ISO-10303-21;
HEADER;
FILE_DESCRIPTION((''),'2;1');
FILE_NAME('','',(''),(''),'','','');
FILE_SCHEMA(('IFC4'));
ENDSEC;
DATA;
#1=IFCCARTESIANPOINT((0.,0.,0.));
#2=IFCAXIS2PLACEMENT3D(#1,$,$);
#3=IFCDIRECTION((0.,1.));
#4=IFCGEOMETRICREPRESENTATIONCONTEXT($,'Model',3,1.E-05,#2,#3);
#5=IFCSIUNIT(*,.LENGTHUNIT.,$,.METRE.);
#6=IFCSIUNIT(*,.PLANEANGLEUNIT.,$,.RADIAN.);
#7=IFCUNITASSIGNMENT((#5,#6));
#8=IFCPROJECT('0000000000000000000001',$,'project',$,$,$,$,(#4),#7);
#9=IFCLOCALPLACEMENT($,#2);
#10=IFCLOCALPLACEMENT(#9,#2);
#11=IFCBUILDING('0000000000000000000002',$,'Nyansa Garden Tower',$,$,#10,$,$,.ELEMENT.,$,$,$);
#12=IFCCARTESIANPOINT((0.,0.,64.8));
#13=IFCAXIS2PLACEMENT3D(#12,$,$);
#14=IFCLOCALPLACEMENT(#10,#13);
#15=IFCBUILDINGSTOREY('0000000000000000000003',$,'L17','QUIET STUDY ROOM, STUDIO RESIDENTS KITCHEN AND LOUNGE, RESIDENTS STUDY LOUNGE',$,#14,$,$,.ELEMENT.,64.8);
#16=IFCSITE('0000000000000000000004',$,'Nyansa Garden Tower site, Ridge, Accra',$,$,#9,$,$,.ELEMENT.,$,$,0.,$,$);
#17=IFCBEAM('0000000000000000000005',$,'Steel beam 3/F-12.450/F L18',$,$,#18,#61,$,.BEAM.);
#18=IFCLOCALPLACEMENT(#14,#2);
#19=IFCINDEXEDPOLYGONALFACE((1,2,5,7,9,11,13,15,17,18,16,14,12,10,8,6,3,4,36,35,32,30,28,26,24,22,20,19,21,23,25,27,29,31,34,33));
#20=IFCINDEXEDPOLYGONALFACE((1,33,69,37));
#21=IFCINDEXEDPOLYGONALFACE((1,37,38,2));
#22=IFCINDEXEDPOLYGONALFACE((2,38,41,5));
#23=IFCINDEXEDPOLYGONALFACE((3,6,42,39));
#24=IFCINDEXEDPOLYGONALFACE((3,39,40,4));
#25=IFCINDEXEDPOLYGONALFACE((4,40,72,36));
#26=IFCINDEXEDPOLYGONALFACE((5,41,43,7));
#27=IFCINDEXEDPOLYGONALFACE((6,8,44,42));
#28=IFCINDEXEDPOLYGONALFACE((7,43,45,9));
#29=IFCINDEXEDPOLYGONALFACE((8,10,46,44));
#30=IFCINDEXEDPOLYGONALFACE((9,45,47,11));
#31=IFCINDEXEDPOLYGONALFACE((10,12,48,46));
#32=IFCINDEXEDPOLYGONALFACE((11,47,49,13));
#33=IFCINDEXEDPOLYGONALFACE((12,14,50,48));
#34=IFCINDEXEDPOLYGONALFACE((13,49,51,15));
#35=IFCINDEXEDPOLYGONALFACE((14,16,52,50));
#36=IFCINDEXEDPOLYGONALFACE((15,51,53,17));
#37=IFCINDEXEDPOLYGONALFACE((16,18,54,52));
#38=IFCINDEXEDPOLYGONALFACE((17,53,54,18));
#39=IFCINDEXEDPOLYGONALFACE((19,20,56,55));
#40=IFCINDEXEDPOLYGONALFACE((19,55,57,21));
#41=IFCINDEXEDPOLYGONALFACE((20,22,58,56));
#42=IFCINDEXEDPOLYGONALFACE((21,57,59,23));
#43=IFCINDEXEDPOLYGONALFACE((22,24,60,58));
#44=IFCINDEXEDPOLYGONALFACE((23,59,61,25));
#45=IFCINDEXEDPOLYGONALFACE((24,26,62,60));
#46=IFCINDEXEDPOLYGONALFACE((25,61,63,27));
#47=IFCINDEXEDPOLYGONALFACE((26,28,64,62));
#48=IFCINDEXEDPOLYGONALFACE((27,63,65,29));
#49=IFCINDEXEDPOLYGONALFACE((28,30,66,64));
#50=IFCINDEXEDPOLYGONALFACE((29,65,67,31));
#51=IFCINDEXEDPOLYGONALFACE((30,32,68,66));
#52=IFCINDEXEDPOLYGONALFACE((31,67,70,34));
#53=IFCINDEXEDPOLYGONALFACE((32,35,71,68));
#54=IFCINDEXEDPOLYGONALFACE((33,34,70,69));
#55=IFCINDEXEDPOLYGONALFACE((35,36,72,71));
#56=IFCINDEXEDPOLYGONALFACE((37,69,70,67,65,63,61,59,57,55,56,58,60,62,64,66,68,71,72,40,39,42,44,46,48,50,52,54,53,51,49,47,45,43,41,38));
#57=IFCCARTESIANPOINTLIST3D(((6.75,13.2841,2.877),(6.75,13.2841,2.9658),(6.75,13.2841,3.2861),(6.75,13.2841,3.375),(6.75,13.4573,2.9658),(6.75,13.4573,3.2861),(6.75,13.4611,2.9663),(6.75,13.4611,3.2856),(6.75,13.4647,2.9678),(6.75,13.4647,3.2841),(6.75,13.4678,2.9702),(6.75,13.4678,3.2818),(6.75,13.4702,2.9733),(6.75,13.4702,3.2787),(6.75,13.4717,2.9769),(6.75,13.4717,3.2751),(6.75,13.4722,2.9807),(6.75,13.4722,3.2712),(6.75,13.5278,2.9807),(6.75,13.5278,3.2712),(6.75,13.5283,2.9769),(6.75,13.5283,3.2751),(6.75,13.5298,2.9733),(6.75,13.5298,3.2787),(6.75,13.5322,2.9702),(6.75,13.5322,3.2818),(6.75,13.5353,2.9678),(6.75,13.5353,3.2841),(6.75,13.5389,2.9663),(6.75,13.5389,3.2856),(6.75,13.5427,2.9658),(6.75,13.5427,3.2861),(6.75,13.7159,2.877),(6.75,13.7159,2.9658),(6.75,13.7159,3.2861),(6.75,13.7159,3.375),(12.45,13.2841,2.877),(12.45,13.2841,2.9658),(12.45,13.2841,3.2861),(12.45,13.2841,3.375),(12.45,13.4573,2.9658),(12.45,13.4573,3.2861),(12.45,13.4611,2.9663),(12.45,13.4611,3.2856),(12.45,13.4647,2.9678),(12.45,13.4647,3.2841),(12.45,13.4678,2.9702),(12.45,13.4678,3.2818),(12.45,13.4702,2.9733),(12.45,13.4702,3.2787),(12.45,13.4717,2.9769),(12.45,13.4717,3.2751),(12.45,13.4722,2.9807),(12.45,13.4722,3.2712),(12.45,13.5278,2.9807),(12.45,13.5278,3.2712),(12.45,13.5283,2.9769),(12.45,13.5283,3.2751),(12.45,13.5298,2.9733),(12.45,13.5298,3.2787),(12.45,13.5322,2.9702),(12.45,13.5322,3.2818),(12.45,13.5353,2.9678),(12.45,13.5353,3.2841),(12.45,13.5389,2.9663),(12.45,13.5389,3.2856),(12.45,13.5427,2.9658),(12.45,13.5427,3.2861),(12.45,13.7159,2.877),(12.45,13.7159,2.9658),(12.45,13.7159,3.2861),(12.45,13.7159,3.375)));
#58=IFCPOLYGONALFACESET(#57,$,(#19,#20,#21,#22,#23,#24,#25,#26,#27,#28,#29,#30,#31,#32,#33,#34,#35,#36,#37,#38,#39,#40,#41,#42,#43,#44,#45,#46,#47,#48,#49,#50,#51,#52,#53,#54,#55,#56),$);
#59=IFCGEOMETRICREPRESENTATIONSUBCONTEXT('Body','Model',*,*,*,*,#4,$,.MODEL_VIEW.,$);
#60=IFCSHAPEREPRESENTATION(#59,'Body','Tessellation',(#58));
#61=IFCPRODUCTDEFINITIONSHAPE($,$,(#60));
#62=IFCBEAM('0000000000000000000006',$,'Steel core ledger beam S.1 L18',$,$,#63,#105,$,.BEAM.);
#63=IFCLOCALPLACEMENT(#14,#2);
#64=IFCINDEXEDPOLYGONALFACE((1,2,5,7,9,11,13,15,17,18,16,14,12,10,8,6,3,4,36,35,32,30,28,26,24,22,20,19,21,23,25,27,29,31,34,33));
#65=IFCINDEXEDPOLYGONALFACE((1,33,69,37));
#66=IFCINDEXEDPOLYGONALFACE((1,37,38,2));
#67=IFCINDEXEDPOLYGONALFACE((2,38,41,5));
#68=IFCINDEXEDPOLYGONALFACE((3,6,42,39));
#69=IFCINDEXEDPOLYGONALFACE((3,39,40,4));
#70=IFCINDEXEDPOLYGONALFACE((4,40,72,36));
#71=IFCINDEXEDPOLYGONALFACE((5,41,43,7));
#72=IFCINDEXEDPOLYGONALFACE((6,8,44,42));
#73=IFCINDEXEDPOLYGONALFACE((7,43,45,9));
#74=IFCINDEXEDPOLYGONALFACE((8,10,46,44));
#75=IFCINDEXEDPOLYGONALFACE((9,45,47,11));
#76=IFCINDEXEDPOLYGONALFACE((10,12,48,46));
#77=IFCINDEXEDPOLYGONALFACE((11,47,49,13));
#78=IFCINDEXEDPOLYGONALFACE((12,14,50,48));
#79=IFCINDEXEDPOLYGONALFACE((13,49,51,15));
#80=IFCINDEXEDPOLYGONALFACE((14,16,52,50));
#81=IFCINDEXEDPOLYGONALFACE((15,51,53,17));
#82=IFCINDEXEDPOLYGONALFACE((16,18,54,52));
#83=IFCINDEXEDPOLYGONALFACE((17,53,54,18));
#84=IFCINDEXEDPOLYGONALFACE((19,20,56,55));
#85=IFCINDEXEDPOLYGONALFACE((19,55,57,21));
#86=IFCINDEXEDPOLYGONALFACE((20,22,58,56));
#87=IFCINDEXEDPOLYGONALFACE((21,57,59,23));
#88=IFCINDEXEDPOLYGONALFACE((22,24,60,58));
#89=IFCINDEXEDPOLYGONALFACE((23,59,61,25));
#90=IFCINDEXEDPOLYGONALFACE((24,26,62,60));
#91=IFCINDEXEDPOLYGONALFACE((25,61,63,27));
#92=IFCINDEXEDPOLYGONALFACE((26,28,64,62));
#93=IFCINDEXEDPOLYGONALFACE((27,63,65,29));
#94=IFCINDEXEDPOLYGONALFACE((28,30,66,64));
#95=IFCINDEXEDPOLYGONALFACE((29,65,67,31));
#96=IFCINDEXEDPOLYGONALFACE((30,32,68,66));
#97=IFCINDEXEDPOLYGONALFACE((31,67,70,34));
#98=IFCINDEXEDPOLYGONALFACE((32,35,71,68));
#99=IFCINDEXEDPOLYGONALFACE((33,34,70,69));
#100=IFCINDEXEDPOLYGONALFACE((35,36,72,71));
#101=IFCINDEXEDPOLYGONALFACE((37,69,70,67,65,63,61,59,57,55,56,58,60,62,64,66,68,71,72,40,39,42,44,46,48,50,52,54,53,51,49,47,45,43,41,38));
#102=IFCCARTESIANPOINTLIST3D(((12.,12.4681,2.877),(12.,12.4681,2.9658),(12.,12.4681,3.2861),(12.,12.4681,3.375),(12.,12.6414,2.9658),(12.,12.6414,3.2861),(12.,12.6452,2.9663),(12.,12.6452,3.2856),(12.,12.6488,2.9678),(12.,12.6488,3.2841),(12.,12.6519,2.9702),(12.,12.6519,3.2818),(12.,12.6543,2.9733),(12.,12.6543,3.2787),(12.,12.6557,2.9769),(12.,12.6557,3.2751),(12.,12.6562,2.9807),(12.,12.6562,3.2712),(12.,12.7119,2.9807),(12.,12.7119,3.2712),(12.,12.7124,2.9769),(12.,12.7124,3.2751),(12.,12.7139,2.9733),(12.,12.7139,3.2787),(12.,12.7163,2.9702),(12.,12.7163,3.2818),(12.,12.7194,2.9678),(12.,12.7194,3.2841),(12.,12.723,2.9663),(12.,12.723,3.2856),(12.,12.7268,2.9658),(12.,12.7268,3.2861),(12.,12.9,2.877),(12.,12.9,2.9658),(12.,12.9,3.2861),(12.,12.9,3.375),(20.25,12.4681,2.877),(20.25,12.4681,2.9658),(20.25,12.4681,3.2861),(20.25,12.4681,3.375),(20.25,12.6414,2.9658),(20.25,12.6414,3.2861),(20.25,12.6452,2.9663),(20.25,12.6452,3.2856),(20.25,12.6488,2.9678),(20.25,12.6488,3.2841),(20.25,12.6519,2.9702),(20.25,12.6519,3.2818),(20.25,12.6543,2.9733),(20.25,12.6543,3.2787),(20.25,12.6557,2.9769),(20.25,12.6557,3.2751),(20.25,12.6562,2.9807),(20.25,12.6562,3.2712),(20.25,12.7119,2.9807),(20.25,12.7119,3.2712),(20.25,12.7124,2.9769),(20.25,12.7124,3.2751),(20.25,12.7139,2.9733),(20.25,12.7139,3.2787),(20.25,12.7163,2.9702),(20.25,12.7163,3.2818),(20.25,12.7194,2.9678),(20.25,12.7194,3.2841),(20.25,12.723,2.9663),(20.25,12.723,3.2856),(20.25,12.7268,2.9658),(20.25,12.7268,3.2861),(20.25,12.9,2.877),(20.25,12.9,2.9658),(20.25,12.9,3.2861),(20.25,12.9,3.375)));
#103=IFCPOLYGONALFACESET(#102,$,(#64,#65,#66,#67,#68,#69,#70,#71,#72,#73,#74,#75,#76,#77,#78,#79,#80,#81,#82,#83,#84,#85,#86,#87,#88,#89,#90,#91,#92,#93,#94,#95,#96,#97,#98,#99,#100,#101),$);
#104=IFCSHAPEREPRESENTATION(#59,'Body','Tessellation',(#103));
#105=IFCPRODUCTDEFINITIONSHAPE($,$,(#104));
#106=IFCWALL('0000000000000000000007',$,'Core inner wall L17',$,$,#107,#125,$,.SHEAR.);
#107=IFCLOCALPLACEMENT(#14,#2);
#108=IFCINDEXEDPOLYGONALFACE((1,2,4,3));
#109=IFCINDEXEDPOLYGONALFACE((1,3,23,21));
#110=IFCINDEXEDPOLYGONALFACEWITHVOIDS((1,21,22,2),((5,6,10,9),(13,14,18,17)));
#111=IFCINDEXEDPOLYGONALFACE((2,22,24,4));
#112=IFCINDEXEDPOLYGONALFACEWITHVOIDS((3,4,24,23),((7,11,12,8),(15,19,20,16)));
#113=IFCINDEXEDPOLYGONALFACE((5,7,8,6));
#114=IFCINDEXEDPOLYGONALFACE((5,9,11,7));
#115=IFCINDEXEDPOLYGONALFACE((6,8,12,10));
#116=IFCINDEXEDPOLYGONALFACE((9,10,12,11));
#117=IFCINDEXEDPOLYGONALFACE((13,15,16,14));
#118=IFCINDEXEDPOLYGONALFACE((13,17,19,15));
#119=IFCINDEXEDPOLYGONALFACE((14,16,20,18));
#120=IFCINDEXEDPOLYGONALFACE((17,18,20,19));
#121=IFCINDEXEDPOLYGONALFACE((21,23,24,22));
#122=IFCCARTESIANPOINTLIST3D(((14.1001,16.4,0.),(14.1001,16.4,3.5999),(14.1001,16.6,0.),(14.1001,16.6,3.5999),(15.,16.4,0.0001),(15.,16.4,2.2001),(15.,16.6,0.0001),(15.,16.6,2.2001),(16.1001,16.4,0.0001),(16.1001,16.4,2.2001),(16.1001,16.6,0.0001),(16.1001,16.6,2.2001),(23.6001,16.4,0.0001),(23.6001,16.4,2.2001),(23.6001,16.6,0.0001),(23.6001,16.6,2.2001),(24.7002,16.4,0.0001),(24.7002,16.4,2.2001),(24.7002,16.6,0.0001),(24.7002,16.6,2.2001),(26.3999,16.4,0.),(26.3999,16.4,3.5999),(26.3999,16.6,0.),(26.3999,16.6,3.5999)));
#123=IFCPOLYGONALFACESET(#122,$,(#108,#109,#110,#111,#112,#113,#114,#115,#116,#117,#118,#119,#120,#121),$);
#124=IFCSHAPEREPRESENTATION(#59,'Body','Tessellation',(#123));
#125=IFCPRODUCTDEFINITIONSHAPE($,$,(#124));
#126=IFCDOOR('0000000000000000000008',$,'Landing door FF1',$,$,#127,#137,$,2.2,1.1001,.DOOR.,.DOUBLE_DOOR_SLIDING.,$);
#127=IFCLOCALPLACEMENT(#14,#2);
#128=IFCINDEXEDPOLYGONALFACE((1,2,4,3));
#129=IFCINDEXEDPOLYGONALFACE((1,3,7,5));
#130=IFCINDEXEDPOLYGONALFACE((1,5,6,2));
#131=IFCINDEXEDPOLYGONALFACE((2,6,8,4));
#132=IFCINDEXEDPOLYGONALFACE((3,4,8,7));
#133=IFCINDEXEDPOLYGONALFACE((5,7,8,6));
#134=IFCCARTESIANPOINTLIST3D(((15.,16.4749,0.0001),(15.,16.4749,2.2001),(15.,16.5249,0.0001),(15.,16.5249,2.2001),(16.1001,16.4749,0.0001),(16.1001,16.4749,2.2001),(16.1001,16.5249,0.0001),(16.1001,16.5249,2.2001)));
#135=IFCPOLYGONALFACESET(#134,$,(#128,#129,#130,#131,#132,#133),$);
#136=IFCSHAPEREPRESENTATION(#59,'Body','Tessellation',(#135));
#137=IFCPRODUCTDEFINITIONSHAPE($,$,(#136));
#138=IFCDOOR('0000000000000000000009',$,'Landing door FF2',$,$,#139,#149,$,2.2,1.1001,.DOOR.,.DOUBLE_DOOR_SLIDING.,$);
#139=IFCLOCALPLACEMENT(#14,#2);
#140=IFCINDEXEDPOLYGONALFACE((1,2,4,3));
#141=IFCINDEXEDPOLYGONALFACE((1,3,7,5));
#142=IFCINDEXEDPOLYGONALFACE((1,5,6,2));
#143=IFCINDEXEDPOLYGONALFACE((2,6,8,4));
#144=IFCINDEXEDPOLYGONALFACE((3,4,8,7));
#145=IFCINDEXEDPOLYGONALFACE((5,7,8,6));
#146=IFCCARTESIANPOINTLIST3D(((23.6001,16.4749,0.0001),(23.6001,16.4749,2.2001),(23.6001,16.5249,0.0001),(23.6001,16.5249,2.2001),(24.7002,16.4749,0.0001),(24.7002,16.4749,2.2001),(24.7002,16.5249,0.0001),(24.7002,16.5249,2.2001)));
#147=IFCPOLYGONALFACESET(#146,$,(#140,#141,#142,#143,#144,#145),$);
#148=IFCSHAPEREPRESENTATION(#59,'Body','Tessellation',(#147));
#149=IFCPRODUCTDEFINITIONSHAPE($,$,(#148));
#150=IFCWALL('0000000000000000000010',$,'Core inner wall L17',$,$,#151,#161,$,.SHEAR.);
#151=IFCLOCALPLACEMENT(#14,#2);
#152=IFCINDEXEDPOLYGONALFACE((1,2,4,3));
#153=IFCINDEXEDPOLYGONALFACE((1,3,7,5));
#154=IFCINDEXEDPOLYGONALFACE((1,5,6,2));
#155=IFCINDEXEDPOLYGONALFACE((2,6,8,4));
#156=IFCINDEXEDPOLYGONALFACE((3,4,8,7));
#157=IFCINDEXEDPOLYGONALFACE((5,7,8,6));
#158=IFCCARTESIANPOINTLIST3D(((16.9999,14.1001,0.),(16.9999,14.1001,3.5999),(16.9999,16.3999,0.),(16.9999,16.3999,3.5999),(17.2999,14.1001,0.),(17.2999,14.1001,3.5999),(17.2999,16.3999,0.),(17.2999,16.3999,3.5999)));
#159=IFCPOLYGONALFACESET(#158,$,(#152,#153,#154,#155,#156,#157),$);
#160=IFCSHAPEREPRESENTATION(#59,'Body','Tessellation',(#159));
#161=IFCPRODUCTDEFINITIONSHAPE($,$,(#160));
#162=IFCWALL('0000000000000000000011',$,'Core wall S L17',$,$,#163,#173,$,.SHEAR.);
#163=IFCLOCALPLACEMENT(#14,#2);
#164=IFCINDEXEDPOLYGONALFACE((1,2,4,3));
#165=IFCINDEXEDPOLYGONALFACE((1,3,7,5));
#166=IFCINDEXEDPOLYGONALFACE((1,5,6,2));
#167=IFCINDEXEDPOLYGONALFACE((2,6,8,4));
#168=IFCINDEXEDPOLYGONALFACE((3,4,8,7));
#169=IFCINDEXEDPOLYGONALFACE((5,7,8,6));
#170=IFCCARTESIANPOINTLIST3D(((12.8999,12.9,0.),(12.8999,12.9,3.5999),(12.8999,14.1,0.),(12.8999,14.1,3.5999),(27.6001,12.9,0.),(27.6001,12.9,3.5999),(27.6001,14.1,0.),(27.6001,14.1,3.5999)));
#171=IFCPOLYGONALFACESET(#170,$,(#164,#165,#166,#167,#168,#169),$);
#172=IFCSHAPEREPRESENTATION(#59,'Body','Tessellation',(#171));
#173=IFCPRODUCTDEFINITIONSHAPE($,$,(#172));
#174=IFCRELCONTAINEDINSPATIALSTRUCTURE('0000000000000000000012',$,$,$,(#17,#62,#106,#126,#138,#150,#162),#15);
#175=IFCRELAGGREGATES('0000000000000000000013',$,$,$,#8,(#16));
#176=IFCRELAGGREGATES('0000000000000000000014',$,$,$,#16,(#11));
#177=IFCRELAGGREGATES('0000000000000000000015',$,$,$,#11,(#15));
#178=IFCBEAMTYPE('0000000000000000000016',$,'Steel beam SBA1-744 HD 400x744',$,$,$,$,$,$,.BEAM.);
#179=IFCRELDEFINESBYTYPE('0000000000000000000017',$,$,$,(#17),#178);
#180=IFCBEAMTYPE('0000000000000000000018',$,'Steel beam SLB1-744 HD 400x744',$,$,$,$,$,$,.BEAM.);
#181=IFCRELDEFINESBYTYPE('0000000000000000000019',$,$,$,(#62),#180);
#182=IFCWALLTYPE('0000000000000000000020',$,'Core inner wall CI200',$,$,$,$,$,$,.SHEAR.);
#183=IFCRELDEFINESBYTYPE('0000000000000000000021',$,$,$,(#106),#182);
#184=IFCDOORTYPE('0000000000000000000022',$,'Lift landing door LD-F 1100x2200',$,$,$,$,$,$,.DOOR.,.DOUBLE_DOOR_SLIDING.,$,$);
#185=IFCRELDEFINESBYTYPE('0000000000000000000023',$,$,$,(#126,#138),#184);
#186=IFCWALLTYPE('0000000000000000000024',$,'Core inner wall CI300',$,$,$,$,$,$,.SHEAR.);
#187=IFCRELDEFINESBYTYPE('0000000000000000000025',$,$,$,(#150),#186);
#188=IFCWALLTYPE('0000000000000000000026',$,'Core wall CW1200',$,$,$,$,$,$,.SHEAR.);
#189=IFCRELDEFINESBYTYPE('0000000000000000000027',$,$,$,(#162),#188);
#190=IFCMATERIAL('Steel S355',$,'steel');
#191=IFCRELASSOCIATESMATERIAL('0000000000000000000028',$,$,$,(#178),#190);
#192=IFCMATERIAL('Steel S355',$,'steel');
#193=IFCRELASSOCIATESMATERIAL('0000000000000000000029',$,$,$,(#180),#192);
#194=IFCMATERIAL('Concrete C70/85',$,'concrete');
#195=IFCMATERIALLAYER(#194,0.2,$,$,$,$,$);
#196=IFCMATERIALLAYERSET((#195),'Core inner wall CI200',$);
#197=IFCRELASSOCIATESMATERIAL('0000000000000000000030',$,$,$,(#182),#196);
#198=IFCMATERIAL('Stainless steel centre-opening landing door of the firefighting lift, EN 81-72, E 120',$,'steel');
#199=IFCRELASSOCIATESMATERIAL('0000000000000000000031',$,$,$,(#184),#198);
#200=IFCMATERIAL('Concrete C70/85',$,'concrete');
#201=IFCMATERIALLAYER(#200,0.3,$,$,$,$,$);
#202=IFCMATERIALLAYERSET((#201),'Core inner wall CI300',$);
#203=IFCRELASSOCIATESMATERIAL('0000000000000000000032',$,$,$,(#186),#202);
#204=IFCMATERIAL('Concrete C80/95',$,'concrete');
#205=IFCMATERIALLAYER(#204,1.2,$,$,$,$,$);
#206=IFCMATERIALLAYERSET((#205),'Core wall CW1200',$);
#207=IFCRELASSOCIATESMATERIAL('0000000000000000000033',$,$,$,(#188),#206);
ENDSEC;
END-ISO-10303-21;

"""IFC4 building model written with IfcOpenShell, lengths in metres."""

from ifc_helpers import new_model, si_unit, direction, frame, frame_2d, origin, origin_2d, place, context, subcontext, project, spatial, rectangle, i_section, extrude, material, layer, layer_set, material_profile, profile_set, type_object, element, fill, save


model = new_model("IFC4")

# Units and contexts
model_context = context("Model", 3, precision=1e-05, world=origin(), true_north=direction((0.0, 1.0)))
body_context = subcontext(model_context, "Body", "Model", "MODEL_VIEW")
ifc_project = project(units=[si_unit("LENGTHUNIT", "METRE"), si_unit("PLANEANGLEUNIT", "RADIAN")], contexts=[model_context])

# Site, building, storey
site_placement = place(None, origin())
site = spatial("IfcSite", under=ifc_project, at=site_placement, Name="Nyansa Garden Tower site, Ridge, Accra", CompositionType="ELEMENT", RefElevation=0.0)
building_placement = place(site_placement, origin())
building = spatial("IfcBuilding", under=site, at=building_placement, Name="Nyansa Garden Tower", CompositionType="ELEMENT")
storey_placement = place(building_placement, frame((0.0, 0.0, 64.8)))
storey = spatial("IfcBuildingStorey", under=building, at=storey_placement, Name="L17", Description="QUIET STUDY ROOM, STUDIO RESIDENTS KITCHEN AND LOUNGE, RESIDENTS STUDY LOUNGE", CompositionType="ELEMENT", Elevation=64.8)

# Beams
ifc_material_1 = material(Name="Steel S355", Category="steel")
ifc_material_profile_1 = material_profile(ifc_material_1, i_section(OverallWidth=0.4319, OverallDepth=0.498, WebThickness=0.0557, FlangeThickness=0.0889, FilletRadius=0.0149, at=origin_2d()), Name="HD 400x744")
ifc_profile_set_1 = profile_set([ifc_material_profile_1], Name="Steel S355")
beam_type_1 = type_object("IfcBeamType", Name="Steel beam SBA1-744 HD 400x744", PredefinedType="BEAM", material=ifc_profile_set_1)
beam_1_placement = place(storey_placement, frame((6.75, 13.5, 3.126), z_axis=(1.0, 0.0, 0.0), x_axis=(0.0, 1.0, 0.0)))
element("IfcBeam", 1, at=beam_1_placement, inside=storey, type_object=beam_type_1, Name="Steel beam 3/F-12.450/F L18", PredefinedType="BEAM", context=body_context, shape_type="SweptSolid", body=[
    extrude(i_section(OverallWidth=0.4319, OverallDepth=0.498, WebThickness=0.0557, FlangeThickness=0.0889, FilletRadius=0.0149, at=origin_2d()), origin(), (0.0, 0.0, 1.0), 5.7),
])
ifc_material_2 = material(Name="Steel S355", Category="steel")
ifc_material_profile_2 = material_profile(ifc_material_2, i_section(OverallWidth=0.4319, OverallDepth=0.498, WebThickness=0.0557, FlangeThickness=0.0889, FilletRadius=0.0149, at=origin_2d()), Name="HD 400x744")
ifc_profile_set_2 = profile_set([ifc_material_profile_2], Name="Steel S355")
beam_type_2 = type_object("IfcBeamType", Name="Steel beam SLB1-744 HD 400x744", PredefinedType="BEAM", material=ifc_profile_set_2)
beam_2_placement = place(storey_placement, frame((12.0, 12.6841, 3.126), z_axis=(1.0, 0.0, 0.0), x_axis=(0.0, 1.0, 0.0)))
element("IfcBeam", 2, at=beam_2_placement, inside=storey, type_object=beam_type_2, Name="Steel core ledger beam S.1 L18", PredefinedType="BEAM", context=body_context, shape_type="SweptSolid", body=[
    extrude(i_section(OverallWidth=0.4319, OverallDepth=0.498, WebThickness=0.0557, FlangeThickness=0.0889, FilletRadius=0.0149, at=origin_2d()), origin(), (0.0, 0.0, 1.0), 8.25),
])

# Wall, openings, doors
ifc_material_3 = material(Name="Concrete C70/85", Category="concrete")
ifc_layer_1 = layer(ifc_material_3, 0.2)
ifc_layer_set_1 = layer_set([ifc_layer_1], Name="Core inner wall CI200")
wall_type_1 = type_object("IfcWallType", Name="Core inner wall CI200", PredefinedType="SHEAR", material=ifc_layer_set_1)
wall_1_placement = place(storey_placement, frame((14.1001, 16.5, 0.0), z_axis=(0.0, 0.0, 1.0), x_axis=(1.0, 0.0, 0.0)))
wall_1 = element("IfcWall", 3, at=wall_1_placement, inside=storey, type_object=wall_type_1, Name="Core inner wall L17", PredefinedType="SHEAR", context=body_context, shape_type="SweptSolid", body=[
    extrude(rectangle(XDim=12.2998, YDim=0.2, at=frame_2d((6.1499, 0.0))), origin(), (0.0, 0.0, 1.0), 3.5999),
])
opening_1_placement = place(wall_1_placement, frame((0.8999, 0.0, 0.0)))
opening_1 = element("IfcOpeningElement", 4, at=opening_1_placement, cuts=wall_1, PredefinedType="OPENING", context=body_context, shape_type="SweptSolid", body=[
    extrude(rectangle(XDim=1.1001, YDim=2.2, at=frame_2d((0.55, 1.1001))), frame((0.0, 0.1099, 0.0), z_axis=(0.0, -1.0, 0.0), x_axis=(1.0, 0.0, 0.0)), (0.0, 0.0, 1.0), 0.22),
])
opening_2_placement = place(wall_1_placement, frame((9.5, 0.0, 0.0)))
opening_2 = element("IfcOpeningElement", 5, at=opening_2_placement, cuts=wall_1, PredefinedType="OPENING", context=body_context, shape_type="SweptSolid", body=[
    extrude(rectangle(XDim=1.1001, YDim=2.2, at=frame_2d((0.55, 1.1001))), frame((0.0, 0.1099, 0.0), z_axis=(0.0, -1.0, 0.0), x_axis=(1.0, 0.0, 0.0)), (0.0, 0.0, 1.0), 0.22),
])
ifc_material_4 = material(Name="Stainless steel centre-opening landing door of the firefighting lift, EN 81-72, E 120", Category="steel")
door_type_1 = type_object("IfcDoorType", Name="Lift landing door LD-F 1100x2200", OperationType="DOUBLE_DOOR_SLIDING", PredefinedType="DOOR", material=ifc_material_4)
door_1_placement = place(opening_1_placement, origin())
door_1 = element("IfcDoor", 6, at=door_1_placement, inside=storey, type_object=door_type_1, Name="Landing door FF1", OperationType="DOUBLE_DOOR_SLIDING", OverallHeight=2.2, OverallWidth=1.1001, PredefinedType="DOOR", context=body_context, shape_type="SweptSolid", body=[
    extrude(rectangle(XDim=1.1001, YDim=2.2, at=frame_2d((0.55, 1.1001))), frame((0.0, 0.0249, 0.0), z_axis=(0.0, -1.0, 0.0), x_axis=(1.0, 0.0, 0.0)), (0.0, 0.0, 1.0), 0.05),
])
fill(opening_1, door_1)
door_2_placement = place(opening_2_placement, origin())
door_2 = element("IfcDoor", 7, at=door_2_placement, inside=storey, type_object=door_type_1, Name="Landing door FF2", OperationType="DOUBLE_DOOR_SLIDING", OverallHeight=2.2, OverallWidth=1.1001, PredefinedType="DOOR", context=body_context, shape_type="SweptSolid", body=[
    extrude(rectangle(XDim=1.1001, YDim=2.2, at=frame_2d((0.55, 1.1001))), frame((0.0, 0.0249, 0.0), z_axis=(0.0, -1.0, 0.0), x_axis=(1.0, 0.0, 0.0)), (0.0, 0.0, 1.0), 0.05),
])
fill(opening_2, door_2)

# Walls
ifc_material_5 = material(Name="Concrete C70/85", Category="concrete")
ifc_layer_2 = layer(ifc_material_5, 0.3)
ifc_layer_set_2 = layer_set([ifc_layer_2], Name="Core inner wall CI300")
wall_type_2 = type_object("IfcWallType", Name="Core inner wall CI300", PredefinedType="SHEAR", material=ifc_layer_set_2)
wall_2_placement = place(storey_placement, frame((17.1499, 14.1001, 0.0), z_axis=(0.0, 0.0, 1.0), x_axis=(0.0, 1.0, 0.0)))
element("IfcWall", 8, at=wall_2_placement, inside=storey, type_object=wall_type_2, Name="Core inner wall L17", PredefinedType="SHEAR", context=body_context, shape_type="SweptSolid", body=[
    extrude(rectangle(XDim=2.2998, YDim=0.3, at=frame_2d((1.1499, 0.0))), origin(), (0.0, 0.0, 1.0), 3.5999),
])
ifc_material_6 = material(Name="Concrete C80/95", Category="concrete")
ifc_layer_3 = layer(ifc_material_6, 1.2)
ifc_layer_set_3 = layer_set([ifc_layer_3], Name="Core wall CW1200")
wall_type_3 = type_object("IfcWallType", Name="Core wall CW1200", PredefinedType="SHEAR", material=ifc_layer_set_3)
wall_3_placement = place(storey_placement, frame((12.8999, 13.5, 0.0), z_axis=(0.0, 0.0, 1.0), x_axis=(1.0, 0.0, 0.0)))
element("IfcWall", 9, at=wall_3_placement, inside=storey, type_object=wall_type_3, Name="Core wall S L17", PredefinedType="SHEAR", context=body_context, shape_type="SweptSolid", body=[
    extrude(rectangle(XDim=14.7002, YDim=1.2, at=frame_2d((7.3501, 0.0))), origin(), (0.0, 0.0, 1.0), 3.5999),
])

save(model, "model.ifc")
